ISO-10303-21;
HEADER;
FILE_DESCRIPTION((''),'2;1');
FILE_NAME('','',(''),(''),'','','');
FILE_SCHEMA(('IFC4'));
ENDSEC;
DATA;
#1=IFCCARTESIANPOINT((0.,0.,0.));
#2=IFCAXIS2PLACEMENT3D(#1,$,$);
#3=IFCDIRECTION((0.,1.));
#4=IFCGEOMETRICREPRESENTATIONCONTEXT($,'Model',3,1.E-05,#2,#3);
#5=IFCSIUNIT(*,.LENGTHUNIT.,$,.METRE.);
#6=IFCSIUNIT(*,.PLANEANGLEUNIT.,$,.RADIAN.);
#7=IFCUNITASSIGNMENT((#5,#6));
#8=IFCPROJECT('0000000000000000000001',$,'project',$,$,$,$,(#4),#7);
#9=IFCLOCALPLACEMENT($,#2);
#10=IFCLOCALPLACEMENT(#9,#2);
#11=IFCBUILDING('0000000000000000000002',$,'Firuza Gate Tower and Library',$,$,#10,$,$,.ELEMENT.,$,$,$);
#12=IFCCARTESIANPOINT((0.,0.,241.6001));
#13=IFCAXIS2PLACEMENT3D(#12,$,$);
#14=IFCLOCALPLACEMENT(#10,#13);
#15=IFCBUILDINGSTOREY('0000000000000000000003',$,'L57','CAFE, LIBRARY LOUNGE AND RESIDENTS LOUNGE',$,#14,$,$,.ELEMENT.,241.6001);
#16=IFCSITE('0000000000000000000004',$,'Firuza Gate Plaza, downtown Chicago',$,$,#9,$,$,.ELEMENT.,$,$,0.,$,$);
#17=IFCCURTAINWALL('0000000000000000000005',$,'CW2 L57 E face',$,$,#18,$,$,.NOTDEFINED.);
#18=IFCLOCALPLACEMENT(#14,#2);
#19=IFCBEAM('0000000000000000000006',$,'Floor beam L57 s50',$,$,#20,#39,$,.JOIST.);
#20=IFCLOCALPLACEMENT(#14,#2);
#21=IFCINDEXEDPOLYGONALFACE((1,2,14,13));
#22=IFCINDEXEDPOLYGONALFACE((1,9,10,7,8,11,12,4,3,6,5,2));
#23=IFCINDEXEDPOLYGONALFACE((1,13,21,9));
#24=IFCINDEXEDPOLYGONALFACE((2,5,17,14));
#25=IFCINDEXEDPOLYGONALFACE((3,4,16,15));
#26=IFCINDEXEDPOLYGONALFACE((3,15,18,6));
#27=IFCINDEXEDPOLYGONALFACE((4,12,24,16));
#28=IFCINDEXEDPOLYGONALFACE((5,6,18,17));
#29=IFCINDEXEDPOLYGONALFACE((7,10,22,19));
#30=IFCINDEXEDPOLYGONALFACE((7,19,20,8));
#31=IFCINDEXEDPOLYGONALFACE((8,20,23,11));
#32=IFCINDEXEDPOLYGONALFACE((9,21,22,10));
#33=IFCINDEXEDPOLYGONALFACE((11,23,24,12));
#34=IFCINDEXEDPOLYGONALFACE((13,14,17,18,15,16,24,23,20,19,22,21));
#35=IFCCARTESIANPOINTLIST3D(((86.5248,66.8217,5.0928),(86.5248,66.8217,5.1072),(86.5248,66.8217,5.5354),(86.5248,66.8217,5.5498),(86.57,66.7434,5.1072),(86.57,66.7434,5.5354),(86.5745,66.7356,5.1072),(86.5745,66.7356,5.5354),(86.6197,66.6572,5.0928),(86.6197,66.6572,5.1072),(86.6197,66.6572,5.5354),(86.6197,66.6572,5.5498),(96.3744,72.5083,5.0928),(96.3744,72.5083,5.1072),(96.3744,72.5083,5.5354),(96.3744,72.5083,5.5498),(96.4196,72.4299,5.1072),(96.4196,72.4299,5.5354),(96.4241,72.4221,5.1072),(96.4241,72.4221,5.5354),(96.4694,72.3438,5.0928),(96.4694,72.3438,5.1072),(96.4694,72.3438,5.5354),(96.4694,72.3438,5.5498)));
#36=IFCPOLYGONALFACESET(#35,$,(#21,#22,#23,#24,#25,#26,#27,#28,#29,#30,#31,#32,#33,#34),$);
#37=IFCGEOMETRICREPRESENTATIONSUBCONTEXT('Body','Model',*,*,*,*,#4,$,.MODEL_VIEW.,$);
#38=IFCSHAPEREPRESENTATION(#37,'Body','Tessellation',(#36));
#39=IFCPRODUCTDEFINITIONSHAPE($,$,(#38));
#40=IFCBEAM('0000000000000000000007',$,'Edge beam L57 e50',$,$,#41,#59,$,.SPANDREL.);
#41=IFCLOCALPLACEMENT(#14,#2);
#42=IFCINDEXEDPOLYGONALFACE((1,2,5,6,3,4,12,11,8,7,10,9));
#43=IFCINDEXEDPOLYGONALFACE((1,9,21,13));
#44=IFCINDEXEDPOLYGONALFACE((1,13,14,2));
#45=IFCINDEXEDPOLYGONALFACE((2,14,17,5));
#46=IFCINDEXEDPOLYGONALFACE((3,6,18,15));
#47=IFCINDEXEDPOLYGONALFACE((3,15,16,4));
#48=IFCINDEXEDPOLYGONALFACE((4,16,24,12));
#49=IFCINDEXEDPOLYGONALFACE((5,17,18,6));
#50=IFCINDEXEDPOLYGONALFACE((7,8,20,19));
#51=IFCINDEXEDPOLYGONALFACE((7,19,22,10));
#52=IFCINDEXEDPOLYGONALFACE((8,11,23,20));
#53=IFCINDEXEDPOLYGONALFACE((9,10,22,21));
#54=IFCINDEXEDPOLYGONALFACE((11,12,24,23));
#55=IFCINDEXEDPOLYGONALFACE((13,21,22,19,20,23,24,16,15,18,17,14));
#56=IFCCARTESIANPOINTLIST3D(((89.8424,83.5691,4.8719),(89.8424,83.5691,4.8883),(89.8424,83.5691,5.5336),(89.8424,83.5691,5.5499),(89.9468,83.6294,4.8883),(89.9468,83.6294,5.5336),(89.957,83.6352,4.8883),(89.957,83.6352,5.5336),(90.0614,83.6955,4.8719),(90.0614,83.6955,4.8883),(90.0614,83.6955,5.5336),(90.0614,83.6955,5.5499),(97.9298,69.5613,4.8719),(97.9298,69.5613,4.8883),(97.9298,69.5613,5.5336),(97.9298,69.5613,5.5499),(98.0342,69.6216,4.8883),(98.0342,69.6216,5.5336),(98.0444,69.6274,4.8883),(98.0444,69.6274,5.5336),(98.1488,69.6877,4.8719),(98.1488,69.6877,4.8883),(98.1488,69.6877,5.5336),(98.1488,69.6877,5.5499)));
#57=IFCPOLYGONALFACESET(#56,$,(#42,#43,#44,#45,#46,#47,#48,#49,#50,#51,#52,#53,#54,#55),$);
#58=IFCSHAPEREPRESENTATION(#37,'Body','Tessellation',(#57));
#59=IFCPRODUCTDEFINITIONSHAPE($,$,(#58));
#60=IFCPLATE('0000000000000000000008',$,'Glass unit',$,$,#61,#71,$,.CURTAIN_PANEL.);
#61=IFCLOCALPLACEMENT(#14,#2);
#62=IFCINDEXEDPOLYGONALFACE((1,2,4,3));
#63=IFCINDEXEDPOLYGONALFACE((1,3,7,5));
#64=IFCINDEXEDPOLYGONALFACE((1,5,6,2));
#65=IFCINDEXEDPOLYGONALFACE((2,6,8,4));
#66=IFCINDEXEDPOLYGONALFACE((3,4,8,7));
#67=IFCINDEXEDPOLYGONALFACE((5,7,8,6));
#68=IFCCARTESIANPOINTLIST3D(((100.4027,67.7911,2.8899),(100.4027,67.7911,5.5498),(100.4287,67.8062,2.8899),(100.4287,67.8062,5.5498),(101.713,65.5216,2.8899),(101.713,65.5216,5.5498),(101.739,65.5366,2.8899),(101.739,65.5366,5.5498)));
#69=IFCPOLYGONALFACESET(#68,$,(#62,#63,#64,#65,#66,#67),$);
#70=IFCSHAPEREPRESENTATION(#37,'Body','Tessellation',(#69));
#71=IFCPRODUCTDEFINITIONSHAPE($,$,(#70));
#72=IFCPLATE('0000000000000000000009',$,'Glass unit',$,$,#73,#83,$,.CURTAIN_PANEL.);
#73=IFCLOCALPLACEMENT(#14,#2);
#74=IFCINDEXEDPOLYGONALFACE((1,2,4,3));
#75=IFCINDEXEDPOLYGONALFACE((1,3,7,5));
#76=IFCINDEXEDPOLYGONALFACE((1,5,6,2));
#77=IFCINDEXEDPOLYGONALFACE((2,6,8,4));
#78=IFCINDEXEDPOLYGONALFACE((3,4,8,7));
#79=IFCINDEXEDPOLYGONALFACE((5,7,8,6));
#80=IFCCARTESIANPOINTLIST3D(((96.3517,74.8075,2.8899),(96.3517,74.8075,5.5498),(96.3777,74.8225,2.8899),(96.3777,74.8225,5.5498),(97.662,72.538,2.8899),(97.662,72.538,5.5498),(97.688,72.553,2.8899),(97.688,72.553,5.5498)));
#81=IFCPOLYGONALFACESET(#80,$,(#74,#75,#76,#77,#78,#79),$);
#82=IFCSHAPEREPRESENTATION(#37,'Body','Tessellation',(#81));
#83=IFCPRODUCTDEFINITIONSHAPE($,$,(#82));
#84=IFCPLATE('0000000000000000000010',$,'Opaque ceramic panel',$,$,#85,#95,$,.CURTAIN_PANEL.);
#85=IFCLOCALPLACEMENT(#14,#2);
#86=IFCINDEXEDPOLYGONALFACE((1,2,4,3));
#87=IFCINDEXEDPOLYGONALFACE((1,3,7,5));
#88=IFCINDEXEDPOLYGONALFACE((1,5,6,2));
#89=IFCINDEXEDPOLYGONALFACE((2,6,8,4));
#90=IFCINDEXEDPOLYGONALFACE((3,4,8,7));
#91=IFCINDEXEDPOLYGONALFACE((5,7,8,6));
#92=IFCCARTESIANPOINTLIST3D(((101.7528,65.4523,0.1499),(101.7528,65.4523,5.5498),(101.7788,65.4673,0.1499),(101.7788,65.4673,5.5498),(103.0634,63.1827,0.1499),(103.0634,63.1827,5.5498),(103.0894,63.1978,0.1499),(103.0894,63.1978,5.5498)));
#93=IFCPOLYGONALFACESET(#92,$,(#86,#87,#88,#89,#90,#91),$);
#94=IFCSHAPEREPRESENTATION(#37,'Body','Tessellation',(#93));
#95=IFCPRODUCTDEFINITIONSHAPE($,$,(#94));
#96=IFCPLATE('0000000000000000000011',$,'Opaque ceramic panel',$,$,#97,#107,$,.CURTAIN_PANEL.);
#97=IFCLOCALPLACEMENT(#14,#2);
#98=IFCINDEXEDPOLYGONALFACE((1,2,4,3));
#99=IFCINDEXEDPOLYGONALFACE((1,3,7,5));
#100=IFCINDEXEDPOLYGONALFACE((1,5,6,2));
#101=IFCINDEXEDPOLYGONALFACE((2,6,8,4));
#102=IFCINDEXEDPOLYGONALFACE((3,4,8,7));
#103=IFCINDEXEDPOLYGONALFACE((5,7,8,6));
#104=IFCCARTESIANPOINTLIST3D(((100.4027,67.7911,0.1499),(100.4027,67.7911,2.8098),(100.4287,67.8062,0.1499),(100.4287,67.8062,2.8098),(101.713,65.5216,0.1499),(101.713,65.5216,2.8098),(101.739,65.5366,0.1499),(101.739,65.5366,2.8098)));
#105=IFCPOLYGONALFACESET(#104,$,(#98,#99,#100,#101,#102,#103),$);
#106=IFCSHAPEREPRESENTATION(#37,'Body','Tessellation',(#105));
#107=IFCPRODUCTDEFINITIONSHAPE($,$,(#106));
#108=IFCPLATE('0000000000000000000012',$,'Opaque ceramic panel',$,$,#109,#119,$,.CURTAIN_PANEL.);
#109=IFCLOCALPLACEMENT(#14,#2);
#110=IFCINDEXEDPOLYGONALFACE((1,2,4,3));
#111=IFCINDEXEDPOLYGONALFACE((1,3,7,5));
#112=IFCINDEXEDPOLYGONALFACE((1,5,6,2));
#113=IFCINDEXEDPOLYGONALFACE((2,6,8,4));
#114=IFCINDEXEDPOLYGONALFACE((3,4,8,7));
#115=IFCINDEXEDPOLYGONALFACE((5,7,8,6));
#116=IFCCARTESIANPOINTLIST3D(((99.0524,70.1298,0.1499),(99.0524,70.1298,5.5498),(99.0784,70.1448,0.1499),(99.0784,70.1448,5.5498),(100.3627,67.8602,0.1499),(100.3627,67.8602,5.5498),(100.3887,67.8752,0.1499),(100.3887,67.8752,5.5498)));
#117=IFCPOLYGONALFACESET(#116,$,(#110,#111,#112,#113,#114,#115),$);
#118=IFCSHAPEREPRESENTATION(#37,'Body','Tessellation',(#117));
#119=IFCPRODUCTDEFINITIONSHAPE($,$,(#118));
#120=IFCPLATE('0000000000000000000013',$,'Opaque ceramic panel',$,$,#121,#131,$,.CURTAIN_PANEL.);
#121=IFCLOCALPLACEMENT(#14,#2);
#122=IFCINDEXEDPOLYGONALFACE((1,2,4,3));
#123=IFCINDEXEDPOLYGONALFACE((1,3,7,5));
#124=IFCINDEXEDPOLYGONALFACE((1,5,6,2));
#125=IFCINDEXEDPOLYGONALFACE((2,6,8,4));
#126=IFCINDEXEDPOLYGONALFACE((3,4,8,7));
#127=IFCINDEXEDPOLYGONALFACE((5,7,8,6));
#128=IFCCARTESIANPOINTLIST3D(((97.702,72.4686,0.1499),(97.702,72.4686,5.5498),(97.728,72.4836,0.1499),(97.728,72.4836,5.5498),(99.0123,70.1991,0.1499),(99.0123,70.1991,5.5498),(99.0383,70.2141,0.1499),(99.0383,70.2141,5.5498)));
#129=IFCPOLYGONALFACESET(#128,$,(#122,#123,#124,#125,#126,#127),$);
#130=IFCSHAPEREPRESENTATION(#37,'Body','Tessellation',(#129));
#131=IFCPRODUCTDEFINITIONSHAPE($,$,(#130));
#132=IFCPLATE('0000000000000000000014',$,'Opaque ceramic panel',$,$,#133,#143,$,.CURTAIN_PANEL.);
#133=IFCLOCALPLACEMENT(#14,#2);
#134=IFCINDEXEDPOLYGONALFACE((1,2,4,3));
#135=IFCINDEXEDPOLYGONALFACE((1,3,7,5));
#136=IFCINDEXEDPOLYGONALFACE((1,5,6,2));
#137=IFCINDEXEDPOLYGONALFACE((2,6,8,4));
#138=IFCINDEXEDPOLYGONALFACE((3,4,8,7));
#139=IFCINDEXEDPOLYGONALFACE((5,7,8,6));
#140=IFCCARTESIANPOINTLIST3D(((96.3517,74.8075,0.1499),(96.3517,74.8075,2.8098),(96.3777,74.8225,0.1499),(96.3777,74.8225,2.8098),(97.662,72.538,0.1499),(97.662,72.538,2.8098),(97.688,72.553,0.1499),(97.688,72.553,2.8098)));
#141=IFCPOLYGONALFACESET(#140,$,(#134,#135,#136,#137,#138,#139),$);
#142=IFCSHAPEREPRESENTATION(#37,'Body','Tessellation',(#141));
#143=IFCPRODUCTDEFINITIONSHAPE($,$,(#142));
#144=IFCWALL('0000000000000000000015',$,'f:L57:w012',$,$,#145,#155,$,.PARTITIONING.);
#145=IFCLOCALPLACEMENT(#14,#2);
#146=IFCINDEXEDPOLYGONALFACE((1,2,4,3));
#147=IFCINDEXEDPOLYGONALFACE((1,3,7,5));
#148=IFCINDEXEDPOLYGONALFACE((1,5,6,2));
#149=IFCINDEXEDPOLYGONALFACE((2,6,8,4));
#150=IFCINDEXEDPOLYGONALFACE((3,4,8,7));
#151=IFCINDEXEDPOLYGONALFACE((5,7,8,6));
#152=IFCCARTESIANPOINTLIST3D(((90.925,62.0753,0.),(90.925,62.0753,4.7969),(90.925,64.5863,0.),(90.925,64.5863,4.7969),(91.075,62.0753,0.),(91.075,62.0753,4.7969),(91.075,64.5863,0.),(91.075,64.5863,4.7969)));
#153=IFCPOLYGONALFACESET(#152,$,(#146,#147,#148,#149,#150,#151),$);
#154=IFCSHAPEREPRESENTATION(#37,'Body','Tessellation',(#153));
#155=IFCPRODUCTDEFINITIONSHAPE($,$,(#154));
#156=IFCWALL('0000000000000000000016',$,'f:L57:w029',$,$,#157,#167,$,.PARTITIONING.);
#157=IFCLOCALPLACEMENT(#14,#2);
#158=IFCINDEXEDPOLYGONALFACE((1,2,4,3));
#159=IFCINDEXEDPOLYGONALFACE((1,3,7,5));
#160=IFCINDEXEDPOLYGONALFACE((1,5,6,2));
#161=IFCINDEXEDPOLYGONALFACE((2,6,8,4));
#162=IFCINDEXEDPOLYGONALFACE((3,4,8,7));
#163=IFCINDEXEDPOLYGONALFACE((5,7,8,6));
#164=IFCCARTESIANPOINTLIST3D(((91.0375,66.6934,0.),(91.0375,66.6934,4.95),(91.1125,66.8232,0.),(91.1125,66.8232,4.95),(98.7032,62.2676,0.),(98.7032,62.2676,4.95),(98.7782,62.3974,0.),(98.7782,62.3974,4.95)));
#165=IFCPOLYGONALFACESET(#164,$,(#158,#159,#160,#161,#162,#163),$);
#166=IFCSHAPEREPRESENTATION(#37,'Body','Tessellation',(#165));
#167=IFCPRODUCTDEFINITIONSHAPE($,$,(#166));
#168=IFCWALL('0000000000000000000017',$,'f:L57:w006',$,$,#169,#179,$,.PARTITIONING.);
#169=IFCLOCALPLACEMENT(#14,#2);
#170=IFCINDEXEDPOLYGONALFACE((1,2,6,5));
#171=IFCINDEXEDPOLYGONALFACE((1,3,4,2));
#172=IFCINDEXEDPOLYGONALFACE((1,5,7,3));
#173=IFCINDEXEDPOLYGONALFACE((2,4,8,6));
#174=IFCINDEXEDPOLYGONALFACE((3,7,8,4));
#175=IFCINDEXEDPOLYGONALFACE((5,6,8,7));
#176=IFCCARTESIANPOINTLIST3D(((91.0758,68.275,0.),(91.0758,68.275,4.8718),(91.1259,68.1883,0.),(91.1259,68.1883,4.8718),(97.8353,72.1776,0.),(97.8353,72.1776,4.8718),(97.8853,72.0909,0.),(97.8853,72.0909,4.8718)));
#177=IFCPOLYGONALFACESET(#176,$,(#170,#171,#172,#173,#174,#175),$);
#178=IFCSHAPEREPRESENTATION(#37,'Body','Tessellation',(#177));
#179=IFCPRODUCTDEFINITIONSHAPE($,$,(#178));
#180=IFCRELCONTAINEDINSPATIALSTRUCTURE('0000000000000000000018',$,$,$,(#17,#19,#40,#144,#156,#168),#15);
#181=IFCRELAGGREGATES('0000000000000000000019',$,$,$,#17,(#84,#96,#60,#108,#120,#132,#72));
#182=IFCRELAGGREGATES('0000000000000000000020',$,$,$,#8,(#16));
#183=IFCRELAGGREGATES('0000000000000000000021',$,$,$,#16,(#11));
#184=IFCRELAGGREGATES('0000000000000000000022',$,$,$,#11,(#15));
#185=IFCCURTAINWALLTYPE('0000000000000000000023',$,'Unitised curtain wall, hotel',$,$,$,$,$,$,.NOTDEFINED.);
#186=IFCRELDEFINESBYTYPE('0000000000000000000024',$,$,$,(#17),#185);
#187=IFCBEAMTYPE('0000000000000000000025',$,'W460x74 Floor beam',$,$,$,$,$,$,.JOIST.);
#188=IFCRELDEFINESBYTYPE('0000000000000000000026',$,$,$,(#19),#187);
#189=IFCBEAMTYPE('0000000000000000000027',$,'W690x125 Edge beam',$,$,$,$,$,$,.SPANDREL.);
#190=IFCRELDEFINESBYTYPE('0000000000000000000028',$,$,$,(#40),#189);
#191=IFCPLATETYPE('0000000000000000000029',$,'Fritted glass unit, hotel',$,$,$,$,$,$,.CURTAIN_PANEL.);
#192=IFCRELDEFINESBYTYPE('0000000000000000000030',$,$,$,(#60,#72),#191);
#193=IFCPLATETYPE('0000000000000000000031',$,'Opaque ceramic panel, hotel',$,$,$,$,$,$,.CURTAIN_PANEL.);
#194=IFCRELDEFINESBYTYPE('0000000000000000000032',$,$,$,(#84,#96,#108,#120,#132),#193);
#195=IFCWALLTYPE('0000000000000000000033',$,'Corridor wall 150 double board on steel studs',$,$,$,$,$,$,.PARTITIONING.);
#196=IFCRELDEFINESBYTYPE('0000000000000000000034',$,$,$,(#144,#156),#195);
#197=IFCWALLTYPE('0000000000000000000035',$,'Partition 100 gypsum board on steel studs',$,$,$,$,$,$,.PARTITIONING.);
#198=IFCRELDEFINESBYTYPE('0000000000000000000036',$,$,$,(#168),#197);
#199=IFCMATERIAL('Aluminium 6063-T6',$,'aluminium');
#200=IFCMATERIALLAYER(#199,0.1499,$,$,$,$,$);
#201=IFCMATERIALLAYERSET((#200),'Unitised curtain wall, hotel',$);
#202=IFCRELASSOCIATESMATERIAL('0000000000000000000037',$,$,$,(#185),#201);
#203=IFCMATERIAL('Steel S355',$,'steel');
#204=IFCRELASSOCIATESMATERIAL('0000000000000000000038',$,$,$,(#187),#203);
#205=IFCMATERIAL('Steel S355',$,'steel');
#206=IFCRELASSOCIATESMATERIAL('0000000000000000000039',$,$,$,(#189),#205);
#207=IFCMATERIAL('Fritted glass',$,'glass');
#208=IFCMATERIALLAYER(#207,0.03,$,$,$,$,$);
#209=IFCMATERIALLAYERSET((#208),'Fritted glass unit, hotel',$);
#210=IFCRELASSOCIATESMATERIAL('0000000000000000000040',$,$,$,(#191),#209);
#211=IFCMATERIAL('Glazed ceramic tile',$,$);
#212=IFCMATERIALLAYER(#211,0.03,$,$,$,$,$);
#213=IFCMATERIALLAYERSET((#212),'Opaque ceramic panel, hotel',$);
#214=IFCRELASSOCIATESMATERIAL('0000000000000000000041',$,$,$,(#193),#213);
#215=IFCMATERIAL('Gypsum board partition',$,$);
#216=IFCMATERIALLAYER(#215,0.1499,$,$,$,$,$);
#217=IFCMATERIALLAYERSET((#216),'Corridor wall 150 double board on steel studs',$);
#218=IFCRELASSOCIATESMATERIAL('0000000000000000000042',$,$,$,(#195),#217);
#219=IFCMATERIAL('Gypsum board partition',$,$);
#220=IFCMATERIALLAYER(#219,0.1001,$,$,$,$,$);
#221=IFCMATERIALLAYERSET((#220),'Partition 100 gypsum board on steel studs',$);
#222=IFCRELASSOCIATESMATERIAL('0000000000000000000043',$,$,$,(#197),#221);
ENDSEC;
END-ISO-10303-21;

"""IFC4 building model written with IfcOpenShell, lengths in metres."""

from ifc_helpers import new_model, si_unit, direction, frame, frame_2d, origin, origin_2d, place, context, subcontext, project, spatial, polyline, rectangle, i_section, outline, extrude, material, layer, layer_set, material_profile, profile_set, type_object, element, aggregate, save


model = new_model("IFC4")

# Units and contexts
model_context = context("Model", 3, precision=1e-05, world=origin(), true_north=direction((0.0, 1.0)))
body_context = subcontext(model_context, "Body", "Model", "MODEL_VIEW")
ifc_project = project(units=[si_unit("LENGTHUNIT", "METRE"), si_unit("PLANEANGLEUNIT", "RADIAN")], contexts=[model_context])

# Site, building, storey
site_placement = place(None, origin())
site = spatial("IfcSite", under=ifc_project, at=site_placement, Name="Firuza Gate Plaza, downtown Chicago", CompositionType="ELEMENT", RefElevation=0.0)
building_placement = place(site_placement, origin())
building = spatial("IfcBuilding", under=site, at=building_placement, Name="Firuza Gate Tower and Library", CompositionType="ELEMENT")
storey_placement = place(building_placement, frame((0.0, 0.0, 241.6001)))
storey = spatial("IfcBuildingStorey", under=building, at=storey_placement, Name="L57", Description="CAFE, LIBRARY LOUNGE AND RESIDENTS LOUNGE", CompositionType="ELEMENT", Elevation=241.6001)

# Curtain wall
ifc_material_1 = material(Name="Aluminium 6063-T6", Category="aluminium")
ifc_layer_1 = layer(ifc_material_1, 0.1499)
ifc_layer_set_1 = layer_set([ifc_layer_1], Name="Unitised curtain wall, hotel")
curtain_wall_type = type_object("IfcCurtainWallType", Name="Unitised curtain wall, hotel", PredefinedType="NOTDEFINED", material=ifc_layer_set_1)
curtain_wall_placement = place(storey_placement, origin())
curtain_wall = element("IfcCurtainWall", 1, at=curtain_wall_placement, inside=storey, type_object=curtain_wall_type, Name="CW2 L57 E face", PredefinedType="NOTDEFINED")

# Beams
ifc_material_2 = material(Name="Steel S355", Category="steel")
ifc_material_profile_1 = material_profile(ifc_material_2, i_section(OverallWidth=0.1899, OverallDepth=0.457, WebThickness=0.009, FlangeThickness=0.0144, at=origin_2d()))
ifc_profile_set_1 = profile_set([ifc_material_profile_1], Name="Steel S355")
beam_type_1 = type_object("IfcBeamType", Name="W460x74 Floor beam", PredefinedType="JOIST", material=ifc_profile_set_1)
beam_1_placement = place(storey_placement, frame((96.4219, 72.426, 5.3213), z_axis=(-0.866031, -0.49999, 0.0), x_axis=(0.49999, -0.866031, 0.0)))
element("IfcBeam", 2, at=beam_1_placement, inside=storey, type_object=beam_type_1, Name="Floor beam L57 s50", PredefinedType="JOIST", context=body_context, shape_type="SweptSolid", body=[
    extrude(i_section(OverallWidth=0.1899, OverallDepth=0.457, WebThickness=0.009, FlangeThickness=0.0144, at=origin_2d()), origin(), (0.0, 0.0, 1.0), 11.3733),
])
ifc_material_3 = material(Name="Steel S355", Category="steel")
ifc_material_profile_2 = material_profile(ifc_material_3, i_section(OverallWidth=0.2529, OverallDepth=0.678, WebThickness=0.0117, FlangeThickness=0.0164, at=origin_2d()))
ifc_profile_set_2 = profile_set([ifc_material_profile_2], Name="Steel S355")
beam_type_2 = type_object("IfcBeamType", Name="W690x125 Edge beam", PredefinedType="SPANDREL", material=ifc_profile_set_2)
beam_2_placement = place(storey_placement, frame((98.0393, 69.6245, 5.2109), z_axis=(-0.499999, 0.866026, 0.0), x_axis=(-0.866026, -0.499999, 0.0)))
element("IfcBeam", 3, at=beam_2_placement, inside=storey, type_object=beam_type_2, Name="Edge beam L57 e50", PredefinedType="SPANDREL", context=body_context, shape_type="SweptSolid", body=[
    extrude(i_section(OverallWidth=0.2529, OverallDepth=0.678, WebThickness=0.0117, FlangeThickness=0.0164, at=origin_2d()), origin(), (0.0, 0.0, 1.0), 16.1748),
])

# Plates
ifc_material_4 = material(Name="Fritted glass", Category="glass")
ifc_layer_2 = layer(ifc_material_4, 0.03)
ifc_layer_set_2 = layer_set([ifc_layer_2], Name="Fritted glass unit, hotel")
plate_type_1 = type_object("IfcPlateType", Name="Fritted glass unit, hotel", PredefinedType="CURTAIN_PANEL", material=ifc_layer_set_2)
plate_1_placement = place(storey_placement, frame((101.739, 65.5366, 2.8899), z_axis=(0.866027, 0.499997, 0.0), x_axis=(-0.499997, 0.866027, 0.0)))
plate_1 = element("IfcPlate", 4, at=plate_1_placement, type_object=plate_type_1, Name="Glass unit", PredefinedType="CURTAIN_PANEL", context=body_context, shape_type="SweptSolid", body=[
    extrude(outline(polyline([(0.0, 0.0), (2.6206, 0.0), (2.6206, 2.6599), (0.0, 2.6599), (0.0, 0.0)])), origin(), (0.0, 0.0, -1.0), 0.03),
])
plate_2_placement = place(storey_placement, frame((97.688, 72.553, 2.8899), z_axis=(0.866027, 0.499997, 0.0), x_axis=(-0.499997, 0.866027, 0.0)))
plate_2 = element("IfcPlate", 5, at=plate_2_placement, type_object=plate_type_1, Name="Glass unit", PredefinedType="CURTAIN_PANEL", context=body_context, shape_type="SweptSolid", body=[
    extrude(outline(polyline([(0.0, 0.0), (2.6206, 0.0), (2.6206, 2.6599), (0.0, 2.6599), (0.0, 0.0)])), origin(), (0.0, 0.0, -1.0), 0.03),
])
ifc_material_5 = material(Name="Glazed ceramic tile")
ifc_layer_3 = layer(ifc_material_5, 0.03)
ifc_layer_set_3 = layer_set([ifc_layer_3], Name="Opaque ceramic panel, hotel")
plate_type_2 = type_object("IfcPlateType", Name="Opaque ceramic panel, hotel", PredefinedType="CURTAIN_PANEL", material=ifc_layer_set_3)
plate_3_placement = place(storey_placement, frame((103.0894, 63.1978, 0.1499), z_axis=(0.865987, 0.500067, 0.0), x_axis=(-0.500067, 0.865987, 0.0)))
plate_3 = element("IfcPlate", 6, at=plate_3_placement, type_object=plate_type_2, Name="Opaque ceramic panel", PredefinedType="CURTAIN_PANEL", context=body_context, shape_type="SweptSolid", body=[
    extrude(outline(polyline([(0.0, 0.0), (2.6207, 0.0), (2.6207, 5.3999), (0.0, 5.3999), (0.0, 0.0)])), origin(), (0.0, 0.0, -1.0), 0.03),
])
plate_4_placement = place(storey_placement, frame((101.739, 65.5366, 0.1499), z_axis=(0.866027, 0.499997, 0.0), x_axis=(-0.499997, 0.866027, 0.0)))
plate_4 = element("IfcPlate", 7, at=plate_4_placement, type_object=plate_type_2, Name="Opaque ceramic panel", PredefinedType="CURTAIN_PANEL", context=body_context, shape_type="SweptSolid", body=[
    extrude(outline(polyline([(0.0, 0.0), (2.6206, 0.0), (2.6206, 2.6599), (0.0, 2.6599), (0.0, 0.0)])), origin(), (0.0, 0.0, -1.0), 0.03),
])
plate_5_placement = place(storey_placement, frame((100.3887, 67.8752, 0.1499), z_axis=(0.866027, 0.499997, 0.0), x_axis=(-0.499997, 0.866027, 0.0)))
plate_5 = element("IfcPlate", 8, at=plate_5_placement, type_object=plate_type_2, Name="Opaque ceramic panel", PredefinedType="CURTAIN_PANEL", context=body_context, shape_type="SweptSolid", body=[
    extrude(outline(polyline([(0.0, 0.0), (2.6206, 0.0), (2.6206, 5.3999), (0.0, 5.3999), (0.0, 0.0)])), origin(), (0.0, 0.0, -1.0), 0.03),
])
plate_6_placement = place(storey_placement, frame((99.0383, 70.2141, 0.1499), z_axis=(0.866027, 0.499997, 0.0), x_axis=(-0.499997, 0.866027, 0.0)))
plate_6 = element("IfcPlate", 9, at=plate_6_placement, type_object=plate_type_2, Name="Opaque ceramic panel", PredefinedType="CURTAIN_PANEL", context=body_context, shape_type="SweptSolid", body=[
    extrude(outline(polyline([(0.0, 0.0), (2.6206, 0.0), (2.6206, 5.3999), (0.0, 5.3999), (0.0, 0.0)])), origin(), (0.0, 0.0, -1.0), 0.03),
])
plate_7_placement = place(storey_placement, frame((97.688, 72.553, 0.1499), z_axis=(0.866027, 0.499997, 0.0), x_axis=(-0.499997, 0.866027, 0.0)))
plate_7 = element("IfcPlate", 10, at=plate_7_placement, type_object=plate_type_2, Name="Opaque ceramic panel", PredefinedType="CURTAIN_PANEL", context=body_context, shape_type="SweptSolid", body=[
    extrude(outline(polyline([(0.0, 0.0), (2.6206, 0.0), (2.6206, 2.6599), (0.0, 2.6599), (0.0, 0.0)])), origin(), (0.0, 0.0, -1.0), 0.03),
])
aggregate(curtain_wall, [plate_3, plate_4, plate_1, plate_5, plate_6, plate_7, plate_2])

# Walls
ifc_material_6 = material(Name="Gypsum board partition")
ifc_layer_4 = layer(ifc_material_6, 0.1499)
ifc_layer_set_4 = layer_set([ifc_layer_4], Name="Corridor wall 150 double board on steel studs")
wall_type_1 = type_object("IfcWallType", Name="Corridor wall 150 double board on steel studs", PredefinedType="PARTITIONING", material=ifc_layer_set_4)
wall_1_placement = place(storey_placement, frame((91.0, 62.0754, 0.0), z_axis=(0.0, 0.0, 1.0), x_axis=(0.0, 1.0, 0.0)))
element("IfcWall", 11, at=wall_1_placement, inside=storey, type_object=wall_type_1, Name="f:L57:w012", PredefinedType="PARTITIONING", context=body_context, shape_type="SweptSolid", body=[
    extrude(rectangle(XDim=2.511, YDim=0.1499, at=frame_2d((1.2554, 0.0))), origin(), (0.0, 0.0, 1.0), 4.7969),
])
wall_2_placement = place(storey_placement, frame((98.7407, 62.3325, 0.0), z_axis=(0.0, 0.0, 1.0), x_axis=(-0.866028, 0.499995, 0.0)))
element("IfcWall", 12, at=wall_2_placement, inside=storey, type_object=wall_type_1, Name="f:L57:w029", PredefinedType="PARTITIONING", context=body_context, shape_type="SweptSolid", body=[
    extrude(rectangle(XDim=8.8516, YDim=0.1499, at=frame_2d((4.4258, 0.0))), origin(), (0.0, 0.0, 1.0), 4.95),
])
ifc_material_7 = material(Name="Gypsum board partition")
ifc_layer_5 = layer(ifc_material_7, 0.1001)
ifc_layer_set_5 = layer_set([ifc_layer_5], Name="Partition 100 gypsum board on steel studs")
wall_type_2 = type_object("IfcWallType", Name="Partition 100 gypsum board on steel studs", PredefinedType="PARTITIONING", material=ifc_layer_set_5)
wall_3_placement = place(storey_placement, frame((91.1008, 68.2317, 0.0), z_axis=(0.0, 0.0, 1.0), x_axis=(0.866027, 0.499998, 0.0)))
element("IfcWall", 13, at=wall_3_placement, inside=storey, type_object=wall_type_2, Name="f:L57:w006", PredefinedType="PARTITIONING", context=body_context, shape_type="SweptSolid", body=[
    extrude(rectangle(XDim=7.8052, YDim=0.1001, at=frame_2d((3.9026, 0.0))), origin(), (0.0, 0.0, 1.0), 4.8718),
])

save(model, "model.ifc")
